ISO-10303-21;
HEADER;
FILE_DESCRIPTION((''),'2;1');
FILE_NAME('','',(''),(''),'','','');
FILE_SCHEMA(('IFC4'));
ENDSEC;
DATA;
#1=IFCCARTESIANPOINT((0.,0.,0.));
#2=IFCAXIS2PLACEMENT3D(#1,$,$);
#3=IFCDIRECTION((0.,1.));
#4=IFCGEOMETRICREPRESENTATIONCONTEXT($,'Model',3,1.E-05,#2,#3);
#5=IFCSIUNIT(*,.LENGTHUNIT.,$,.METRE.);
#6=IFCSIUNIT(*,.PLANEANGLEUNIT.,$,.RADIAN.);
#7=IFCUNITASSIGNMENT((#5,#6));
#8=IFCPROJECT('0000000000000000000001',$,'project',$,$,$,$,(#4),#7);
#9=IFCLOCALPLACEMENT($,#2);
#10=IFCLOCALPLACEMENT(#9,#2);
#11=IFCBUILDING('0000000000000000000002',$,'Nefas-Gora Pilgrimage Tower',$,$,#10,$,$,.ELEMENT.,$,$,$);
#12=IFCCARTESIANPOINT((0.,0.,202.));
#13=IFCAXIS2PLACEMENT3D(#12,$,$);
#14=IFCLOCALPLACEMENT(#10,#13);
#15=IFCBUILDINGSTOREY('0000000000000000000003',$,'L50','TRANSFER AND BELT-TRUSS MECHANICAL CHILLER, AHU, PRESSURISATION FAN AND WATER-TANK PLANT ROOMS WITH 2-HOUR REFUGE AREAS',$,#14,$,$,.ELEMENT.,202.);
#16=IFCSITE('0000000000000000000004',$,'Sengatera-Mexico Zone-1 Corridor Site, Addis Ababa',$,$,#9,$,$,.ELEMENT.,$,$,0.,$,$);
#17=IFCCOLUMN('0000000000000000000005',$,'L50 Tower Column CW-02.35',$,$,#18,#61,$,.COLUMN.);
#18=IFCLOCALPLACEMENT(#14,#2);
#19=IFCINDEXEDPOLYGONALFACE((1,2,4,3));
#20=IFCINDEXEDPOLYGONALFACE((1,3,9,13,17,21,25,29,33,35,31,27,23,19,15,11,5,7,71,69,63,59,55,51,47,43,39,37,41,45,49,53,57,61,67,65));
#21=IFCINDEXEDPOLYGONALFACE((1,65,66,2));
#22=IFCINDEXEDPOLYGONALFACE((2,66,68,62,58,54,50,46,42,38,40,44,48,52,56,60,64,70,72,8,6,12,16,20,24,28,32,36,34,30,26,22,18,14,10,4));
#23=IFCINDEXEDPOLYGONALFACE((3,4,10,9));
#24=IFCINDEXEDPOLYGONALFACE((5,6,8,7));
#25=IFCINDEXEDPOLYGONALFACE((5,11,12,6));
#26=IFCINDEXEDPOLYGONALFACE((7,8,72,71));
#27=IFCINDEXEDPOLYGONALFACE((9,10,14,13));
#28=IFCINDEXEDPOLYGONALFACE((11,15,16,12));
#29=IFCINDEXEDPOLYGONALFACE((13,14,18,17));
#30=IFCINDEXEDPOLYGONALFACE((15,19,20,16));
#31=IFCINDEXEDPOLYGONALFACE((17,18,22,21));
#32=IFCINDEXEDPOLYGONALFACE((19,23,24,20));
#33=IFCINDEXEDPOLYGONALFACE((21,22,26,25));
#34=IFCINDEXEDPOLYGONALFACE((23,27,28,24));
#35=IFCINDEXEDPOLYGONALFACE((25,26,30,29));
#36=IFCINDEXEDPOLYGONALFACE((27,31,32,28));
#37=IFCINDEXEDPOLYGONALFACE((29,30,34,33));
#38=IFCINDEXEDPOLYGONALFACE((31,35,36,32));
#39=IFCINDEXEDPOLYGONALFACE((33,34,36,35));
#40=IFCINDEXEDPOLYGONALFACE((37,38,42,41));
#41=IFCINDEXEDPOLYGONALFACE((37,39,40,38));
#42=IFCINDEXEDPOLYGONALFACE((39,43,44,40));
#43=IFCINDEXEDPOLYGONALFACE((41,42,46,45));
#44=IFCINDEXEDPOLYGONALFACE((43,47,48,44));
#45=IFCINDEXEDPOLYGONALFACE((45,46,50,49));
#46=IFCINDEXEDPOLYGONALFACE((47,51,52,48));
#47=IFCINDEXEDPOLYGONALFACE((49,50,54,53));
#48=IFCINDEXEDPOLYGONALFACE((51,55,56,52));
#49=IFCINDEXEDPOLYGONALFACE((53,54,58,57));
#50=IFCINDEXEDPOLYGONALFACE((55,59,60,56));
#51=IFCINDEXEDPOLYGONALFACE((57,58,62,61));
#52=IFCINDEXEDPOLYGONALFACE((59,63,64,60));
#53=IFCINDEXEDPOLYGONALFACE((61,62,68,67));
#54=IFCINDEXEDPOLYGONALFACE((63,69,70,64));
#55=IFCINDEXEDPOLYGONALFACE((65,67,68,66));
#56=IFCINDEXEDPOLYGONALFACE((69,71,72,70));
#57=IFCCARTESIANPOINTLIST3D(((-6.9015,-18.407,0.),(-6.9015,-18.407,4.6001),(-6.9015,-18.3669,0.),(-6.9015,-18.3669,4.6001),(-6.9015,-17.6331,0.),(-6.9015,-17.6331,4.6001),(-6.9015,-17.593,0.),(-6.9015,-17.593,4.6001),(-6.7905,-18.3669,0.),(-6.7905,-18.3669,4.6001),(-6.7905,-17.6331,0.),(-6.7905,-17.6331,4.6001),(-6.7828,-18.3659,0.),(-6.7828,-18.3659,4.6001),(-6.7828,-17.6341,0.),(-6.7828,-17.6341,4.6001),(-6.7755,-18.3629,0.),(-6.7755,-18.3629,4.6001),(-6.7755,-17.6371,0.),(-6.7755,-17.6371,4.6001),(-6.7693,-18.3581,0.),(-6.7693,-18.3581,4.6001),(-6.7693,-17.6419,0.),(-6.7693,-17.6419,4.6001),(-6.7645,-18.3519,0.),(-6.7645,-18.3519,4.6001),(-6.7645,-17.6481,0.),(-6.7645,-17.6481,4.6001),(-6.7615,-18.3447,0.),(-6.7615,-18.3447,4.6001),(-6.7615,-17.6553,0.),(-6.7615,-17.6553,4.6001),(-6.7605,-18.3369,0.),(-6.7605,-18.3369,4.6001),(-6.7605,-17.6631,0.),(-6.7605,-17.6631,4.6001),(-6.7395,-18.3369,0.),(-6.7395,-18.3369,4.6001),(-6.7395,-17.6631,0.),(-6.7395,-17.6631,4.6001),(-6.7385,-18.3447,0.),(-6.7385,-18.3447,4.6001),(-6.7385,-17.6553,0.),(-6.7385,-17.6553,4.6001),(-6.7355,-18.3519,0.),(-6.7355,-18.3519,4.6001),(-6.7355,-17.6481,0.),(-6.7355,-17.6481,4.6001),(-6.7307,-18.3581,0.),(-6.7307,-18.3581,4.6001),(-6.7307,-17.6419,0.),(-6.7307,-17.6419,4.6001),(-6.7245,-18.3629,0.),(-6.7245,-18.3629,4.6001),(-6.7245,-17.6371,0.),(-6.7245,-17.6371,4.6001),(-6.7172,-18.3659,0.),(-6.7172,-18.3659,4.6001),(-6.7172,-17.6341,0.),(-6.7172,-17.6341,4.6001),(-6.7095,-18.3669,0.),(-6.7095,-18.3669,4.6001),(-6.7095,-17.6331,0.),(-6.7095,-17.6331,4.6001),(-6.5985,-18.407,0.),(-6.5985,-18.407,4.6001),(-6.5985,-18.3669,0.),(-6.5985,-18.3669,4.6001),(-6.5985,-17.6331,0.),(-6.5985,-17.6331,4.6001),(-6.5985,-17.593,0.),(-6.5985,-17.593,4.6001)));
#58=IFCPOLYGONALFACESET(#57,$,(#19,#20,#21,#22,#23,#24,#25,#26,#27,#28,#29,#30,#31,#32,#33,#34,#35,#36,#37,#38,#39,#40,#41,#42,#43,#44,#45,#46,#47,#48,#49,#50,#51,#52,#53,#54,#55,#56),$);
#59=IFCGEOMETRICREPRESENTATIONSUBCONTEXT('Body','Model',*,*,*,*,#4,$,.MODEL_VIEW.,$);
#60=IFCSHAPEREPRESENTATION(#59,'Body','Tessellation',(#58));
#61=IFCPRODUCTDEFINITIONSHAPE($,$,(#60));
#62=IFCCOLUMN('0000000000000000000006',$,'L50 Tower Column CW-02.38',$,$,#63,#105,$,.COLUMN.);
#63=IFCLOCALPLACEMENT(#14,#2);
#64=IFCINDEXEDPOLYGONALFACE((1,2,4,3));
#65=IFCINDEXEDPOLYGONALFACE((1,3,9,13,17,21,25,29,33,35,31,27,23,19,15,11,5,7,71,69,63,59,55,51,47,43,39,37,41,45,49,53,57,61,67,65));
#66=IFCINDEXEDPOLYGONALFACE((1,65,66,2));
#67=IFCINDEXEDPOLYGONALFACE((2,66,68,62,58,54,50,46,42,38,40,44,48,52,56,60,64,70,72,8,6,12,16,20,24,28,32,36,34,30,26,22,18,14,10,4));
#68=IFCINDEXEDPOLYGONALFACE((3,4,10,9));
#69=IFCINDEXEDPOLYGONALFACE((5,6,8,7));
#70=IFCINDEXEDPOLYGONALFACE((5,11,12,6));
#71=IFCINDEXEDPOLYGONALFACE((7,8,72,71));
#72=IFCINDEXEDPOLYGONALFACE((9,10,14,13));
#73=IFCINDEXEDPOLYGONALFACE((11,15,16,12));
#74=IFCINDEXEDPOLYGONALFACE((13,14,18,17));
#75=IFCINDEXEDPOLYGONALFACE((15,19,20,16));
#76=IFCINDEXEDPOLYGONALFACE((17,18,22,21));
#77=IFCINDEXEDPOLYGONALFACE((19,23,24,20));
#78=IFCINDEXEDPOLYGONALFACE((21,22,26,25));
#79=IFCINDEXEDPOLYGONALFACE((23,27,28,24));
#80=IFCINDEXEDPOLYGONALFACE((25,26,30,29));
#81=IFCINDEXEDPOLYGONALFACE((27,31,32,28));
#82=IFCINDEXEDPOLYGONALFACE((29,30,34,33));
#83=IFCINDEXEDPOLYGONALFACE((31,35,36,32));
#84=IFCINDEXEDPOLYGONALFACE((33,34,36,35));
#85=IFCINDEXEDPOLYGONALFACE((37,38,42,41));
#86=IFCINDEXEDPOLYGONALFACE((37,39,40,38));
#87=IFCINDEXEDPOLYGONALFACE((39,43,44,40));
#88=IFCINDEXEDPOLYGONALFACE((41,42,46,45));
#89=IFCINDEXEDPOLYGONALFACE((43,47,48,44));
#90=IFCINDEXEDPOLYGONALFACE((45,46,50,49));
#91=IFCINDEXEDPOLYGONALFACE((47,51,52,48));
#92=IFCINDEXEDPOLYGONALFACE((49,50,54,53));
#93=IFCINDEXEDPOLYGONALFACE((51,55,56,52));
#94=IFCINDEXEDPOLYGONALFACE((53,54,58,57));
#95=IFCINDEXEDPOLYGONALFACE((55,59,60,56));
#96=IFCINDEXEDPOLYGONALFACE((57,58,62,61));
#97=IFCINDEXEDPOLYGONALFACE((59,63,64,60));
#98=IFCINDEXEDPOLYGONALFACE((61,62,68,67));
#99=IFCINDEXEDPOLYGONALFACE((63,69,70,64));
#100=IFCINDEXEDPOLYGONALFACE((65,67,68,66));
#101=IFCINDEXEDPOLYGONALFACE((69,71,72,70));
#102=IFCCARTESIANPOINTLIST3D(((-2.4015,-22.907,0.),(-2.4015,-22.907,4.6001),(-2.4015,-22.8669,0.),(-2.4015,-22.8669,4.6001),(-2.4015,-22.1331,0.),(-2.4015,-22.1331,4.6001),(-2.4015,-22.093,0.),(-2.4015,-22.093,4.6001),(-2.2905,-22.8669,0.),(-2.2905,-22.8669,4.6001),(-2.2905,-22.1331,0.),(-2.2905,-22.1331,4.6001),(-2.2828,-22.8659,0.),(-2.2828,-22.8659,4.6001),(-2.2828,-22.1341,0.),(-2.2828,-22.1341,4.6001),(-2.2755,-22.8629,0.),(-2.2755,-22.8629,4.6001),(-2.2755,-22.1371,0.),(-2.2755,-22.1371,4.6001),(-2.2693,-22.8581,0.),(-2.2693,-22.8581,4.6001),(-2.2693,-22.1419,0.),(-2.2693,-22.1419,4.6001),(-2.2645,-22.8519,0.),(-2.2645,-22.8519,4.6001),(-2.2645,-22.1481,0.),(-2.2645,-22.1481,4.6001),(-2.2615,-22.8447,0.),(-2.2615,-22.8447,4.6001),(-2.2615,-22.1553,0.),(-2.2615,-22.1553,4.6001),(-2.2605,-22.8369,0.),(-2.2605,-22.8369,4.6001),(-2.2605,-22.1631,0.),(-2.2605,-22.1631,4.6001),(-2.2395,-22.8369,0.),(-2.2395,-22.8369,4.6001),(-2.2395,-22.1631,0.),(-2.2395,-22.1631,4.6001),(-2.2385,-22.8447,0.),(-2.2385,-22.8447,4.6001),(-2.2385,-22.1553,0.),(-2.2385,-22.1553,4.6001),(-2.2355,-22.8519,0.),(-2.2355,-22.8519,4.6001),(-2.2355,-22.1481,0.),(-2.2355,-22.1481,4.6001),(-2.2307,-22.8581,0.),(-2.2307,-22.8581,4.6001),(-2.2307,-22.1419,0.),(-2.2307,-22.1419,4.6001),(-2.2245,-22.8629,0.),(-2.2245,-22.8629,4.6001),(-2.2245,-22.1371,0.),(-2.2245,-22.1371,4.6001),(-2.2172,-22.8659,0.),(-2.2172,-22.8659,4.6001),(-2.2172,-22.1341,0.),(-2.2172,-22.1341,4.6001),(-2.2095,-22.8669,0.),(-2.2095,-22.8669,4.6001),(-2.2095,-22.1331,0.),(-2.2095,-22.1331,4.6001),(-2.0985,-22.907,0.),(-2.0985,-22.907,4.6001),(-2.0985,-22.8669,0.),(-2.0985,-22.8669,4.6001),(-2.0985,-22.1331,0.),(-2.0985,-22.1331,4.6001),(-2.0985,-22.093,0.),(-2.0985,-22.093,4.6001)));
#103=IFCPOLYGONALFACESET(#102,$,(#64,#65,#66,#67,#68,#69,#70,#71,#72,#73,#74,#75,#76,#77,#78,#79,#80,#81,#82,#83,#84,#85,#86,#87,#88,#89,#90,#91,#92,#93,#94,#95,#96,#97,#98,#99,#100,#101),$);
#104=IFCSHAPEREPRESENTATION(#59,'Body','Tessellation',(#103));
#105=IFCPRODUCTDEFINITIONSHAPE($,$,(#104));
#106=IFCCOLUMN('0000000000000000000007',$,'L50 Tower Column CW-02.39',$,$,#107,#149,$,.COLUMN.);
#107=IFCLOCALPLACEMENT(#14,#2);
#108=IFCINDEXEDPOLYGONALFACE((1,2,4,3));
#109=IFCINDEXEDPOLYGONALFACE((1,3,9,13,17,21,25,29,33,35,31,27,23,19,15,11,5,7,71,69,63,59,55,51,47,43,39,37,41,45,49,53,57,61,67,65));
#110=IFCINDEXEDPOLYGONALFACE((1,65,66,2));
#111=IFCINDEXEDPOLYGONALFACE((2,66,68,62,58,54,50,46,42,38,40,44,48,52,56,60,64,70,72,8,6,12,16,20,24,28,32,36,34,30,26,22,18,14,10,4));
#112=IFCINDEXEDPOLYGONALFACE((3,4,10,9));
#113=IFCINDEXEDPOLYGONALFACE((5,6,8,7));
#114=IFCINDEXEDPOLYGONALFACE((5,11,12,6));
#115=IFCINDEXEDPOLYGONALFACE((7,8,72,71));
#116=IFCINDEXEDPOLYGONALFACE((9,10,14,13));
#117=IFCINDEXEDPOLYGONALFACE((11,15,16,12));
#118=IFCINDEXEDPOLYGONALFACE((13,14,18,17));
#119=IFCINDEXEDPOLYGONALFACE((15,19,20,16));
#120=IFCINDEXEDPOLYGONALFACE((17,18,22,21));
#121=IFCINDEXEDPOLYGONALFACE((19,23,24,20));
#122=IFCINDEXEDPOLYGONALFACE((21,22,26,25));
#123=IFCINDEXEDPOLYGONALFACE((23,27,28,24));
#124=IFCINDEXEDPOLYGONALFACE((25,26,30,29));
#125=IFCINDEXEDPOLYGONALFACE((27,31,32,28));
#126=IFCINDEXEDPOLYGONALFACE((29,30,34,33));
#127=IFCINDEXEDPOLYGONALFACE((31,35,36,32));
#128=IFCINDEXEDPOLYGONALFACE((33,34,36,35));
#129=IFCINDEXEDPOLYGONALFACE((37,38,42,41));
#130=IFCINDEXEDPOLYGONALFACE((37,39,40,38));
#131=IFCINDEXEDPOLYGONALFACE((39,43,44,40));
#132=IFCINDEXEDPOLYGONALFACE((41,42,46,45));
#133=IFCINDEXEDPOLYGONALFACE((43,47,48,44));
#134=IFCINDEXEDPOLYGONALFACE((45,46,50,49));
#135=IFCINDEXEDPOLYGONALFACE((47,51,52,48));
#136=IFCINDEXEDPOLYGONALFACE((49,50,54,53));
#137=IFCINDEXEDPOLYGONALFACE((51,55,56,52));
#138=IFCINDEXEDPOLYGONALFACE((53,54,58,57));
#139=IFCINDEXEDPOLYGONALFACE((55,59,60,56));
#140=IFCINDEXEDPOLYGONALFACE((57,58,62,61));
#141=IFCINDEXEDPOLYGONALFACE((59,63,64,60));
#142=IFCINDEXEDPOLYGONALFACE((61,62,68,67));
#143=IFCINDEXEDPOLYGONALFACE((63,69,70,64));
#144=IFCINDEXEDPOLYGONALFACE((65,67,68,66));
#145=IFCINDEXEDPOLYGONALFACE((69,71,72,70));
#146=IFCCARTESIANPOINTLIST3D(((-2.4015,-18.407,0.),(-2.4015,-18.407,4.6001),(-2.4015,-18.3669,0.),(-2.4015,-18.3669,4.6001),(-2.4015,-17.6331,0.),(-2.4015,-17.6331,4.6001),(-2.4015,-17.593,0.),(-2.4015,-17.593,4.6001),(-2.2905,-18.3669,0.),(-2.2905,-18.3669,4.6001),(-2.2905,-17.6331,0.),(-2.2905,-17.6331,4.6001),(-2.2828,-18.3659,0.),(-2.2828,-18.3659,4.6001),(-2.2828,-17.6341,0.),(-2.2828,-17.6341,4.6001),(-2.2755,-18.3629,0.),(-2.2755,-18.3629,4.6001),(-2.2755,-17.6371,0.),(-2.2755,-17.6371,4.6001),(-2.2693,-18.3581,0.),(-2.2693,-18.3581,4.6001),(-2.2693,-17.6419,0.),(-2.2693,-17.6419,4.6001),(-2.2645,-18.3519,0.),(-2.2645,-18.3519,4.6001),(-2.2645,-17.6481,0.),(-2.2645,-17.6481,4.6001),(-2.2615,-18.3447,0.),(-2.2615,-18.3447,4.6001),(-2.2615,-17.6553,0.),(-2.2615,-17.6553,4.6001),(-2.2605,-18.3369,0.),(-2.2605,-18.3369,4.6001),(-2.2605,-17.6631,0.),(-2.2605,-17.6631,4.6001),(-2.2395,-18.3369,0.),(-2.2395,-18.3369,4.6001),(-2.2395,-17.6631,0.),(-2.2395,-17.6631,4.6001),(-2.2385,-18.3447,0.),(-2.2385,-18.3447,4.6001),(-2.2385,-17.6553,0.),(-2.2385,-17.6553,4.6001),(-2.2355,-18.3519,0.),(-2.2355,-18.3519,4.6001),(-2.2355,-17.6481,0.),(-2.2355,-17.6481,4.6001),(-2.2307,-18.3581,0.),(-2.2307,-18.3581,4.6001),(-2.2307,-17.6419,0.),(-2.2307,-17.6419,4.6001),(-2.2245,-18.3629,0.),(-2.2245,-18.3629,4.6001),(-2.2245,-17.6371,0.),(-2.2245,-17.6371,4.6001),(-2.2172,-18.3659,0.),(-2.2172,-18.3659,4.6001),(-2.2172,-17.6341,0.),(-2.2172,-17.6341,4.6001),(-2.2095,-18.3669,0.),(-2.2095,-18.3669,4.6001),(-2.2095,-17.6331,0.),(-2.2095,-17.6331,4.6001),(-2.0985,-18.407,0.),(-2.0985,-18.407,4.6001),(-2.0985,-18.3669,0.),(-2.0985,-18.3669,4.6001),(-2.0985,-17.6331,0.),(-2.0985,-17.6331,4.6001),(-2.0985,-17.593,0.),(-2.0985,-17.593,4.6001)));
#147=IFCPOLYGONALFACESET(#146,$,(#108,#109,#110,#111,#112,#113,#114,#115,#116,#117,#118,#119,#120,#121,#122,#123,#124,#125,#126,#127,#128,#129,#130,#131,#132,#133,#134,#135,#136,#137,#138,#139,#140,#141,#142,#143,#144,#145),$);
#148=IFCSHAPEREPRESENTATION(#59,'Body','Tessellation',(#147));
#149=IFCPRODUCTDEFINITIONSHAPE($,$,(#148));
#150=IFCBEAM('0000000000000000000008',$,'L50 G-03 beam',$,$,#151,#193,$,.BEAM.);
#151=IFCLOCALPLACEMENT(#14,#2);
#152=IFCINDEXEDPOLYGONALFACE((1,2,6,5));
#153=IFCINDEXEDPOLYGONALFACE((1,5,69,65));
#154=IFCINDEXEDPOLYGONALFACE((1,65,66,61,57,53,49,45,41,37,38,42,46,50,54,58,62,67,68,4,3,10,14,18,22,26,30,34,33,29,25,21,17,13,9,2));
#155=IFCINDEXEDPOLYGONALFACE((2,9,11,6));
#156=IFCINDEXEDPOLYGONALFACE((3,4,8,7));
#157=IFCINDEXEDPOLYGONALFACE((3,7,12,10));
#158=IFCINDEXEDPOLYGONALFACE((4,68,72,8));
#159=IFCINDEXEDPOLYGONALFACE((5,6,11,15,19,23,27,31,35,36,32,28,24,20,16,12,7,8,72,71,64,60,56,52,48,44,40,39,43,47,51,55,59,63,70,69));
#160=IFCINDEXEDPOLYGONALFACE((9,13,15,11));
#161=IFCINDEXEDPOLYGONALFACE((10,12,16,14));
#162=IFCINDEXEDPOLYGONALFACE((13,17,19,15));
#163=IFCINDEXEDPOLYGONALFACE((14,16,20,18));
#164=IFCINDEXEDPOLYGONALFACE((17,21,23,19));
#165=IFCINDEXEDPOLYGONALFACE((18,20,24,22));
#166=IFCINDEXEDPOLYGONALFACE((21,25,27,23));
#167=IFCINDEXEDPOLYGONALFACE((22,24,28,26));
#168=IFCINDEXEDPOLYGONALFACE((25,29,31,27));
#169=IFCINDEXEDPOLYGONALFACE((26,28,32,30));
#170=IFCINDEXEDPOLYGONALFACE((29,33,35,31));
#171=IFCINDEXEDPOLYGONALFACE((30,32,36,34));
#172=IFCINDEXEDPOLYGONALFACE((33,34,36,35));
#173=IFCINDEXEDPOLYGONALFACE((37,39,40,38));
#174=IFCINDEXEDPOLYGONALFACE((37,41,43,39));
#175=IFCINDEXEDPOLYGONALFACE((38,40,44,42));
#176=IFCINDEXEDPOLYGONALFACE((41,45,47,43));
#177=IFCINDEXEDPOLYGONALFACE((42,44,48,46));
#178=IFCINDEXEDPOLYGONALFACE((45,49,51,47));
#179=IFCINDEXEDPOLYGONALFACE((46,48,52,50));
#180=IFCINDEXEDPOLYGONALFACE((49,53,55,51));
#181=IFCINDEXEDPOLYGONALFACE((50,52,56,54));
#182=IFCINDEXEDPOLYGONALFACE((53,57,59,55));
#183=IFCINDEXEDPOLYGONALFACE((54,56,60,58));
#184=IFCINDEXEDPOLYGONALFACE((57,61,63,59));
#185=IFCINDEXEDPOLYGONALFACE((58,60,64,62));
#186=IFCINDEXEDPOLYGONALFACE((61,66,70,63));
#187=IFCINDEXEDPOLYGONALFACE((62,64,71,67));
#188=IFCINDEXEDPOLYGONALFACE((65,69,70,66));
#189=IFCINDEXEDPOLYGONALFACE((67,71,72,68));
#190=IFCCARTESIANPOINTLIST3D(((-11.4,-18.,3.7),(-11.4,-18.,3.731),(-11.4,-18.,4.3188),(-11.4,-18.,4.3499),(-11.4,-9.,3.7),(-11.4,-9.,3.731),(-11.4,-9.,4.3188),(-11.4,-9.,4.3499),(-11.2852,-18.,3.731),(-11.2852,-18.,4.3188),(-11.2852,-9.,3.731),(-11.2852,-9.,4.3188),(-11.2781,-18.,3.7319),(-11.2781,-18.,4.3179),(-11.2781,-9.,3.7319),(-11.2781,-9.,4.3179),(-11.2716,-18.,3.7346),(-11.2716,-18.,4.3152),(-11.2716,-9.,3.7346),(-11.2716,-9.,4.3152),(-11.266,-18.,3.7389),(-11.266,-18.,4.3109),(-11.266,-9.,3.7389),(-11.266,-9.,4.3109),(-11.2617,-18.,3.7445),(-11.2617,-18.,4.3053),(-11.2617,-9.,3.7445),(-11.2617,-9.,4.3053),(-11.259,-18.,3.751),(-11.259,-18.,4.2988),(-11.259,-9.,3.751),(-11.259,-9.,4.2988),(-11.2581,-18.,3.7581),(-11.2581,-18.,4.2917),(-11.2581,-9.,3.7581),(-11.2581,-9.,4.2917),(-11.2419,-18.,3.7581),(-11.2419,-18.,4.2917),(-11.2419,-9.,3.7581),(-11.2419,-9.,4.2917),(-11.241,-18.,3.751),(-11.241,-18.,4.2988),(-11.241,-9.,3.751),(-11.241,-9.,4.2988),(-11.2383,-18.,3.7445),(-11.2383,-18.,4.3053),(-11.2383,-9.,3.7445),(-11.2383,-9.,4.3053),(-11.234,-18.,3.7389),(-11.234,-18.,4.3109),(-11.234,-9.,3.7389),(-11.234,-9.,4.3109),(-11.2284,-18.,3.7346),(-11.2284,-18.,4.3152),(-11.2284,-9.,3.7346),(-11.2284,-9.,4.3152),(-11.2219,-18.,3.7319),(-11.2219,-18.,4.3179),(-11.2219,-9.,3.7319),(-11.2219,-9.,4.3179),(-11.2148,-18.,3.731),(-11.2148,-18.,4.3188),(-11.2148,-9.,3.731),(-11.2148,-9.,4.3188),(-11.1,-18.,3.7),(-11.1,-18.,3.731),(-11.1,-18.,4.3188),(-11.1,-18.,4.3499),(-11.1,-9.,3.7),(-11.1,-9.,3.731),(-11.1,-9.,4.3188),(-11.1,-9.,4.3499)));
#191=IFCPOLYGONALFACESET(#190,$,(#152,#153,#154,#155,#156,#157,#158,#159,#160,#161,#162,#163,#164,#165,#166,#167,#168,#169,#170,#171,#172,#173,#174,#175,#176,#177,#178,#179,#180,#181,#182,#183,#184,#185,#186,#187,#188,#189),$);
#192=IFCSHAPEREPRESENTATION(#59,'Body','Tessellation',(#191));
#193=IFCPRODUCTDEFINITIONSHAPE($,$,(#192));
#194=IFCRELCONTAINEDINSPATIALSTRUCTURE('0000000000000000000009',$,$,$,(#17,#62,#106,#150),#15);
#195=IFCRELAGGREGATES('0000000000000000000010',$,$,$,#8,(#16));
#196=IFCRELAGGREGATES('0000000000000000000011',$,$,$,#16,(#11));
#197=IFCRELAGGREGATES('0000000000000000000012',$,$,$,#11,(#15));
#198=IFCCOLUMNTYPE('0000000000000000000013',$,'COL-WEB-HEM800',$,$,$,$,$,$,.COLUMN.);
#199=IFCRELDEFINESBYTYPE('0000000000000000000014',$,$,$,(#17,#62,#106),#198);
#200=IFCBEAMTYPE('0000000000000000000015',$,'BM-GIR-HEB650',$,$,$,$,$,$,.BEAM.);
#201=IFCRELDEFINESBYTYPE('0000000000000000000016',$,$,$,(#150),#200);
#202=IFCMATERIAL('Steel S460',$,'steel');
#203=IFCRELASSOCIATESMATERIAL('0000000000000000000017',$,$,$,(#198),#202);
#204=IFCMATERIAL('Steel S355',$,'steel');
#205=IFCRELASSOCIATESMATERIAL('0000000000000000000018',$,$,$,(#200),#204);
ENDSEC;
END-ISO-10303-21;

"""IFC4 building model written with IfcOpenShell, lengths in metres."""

from ifc_helpers import new_model, si_unit, direction, frame, origin, origin_2d, place, context, subcontext, project, spatial, i_section, extrude, source, transform, mapped, material, material_profile, profile_set, type_object, element, save


model = new_model("IFC4")

# Units and contexts
model_context = context("Model", 3, precision=1e-05, world=origin(), true_north=direction((0.0, 1.0)))
body_context = subcontext(model_context, "Body", "Model", "MODEL_VIEW")
ifc_project = project(units=[si_unit("LENGTHUNIT", "METRE"), si_unit("PLANEANGLEUNIT", "RADIAN")], contexts=[model_context])

# Site, building, storey
site_placement = place(None, origin())
site = spatial("IfcSite", under=ifc_project, at=site_placement, Name="Sengatera-Mexico Zone-1 Corridor Site, Addis Ababa", CompositionType="ELEMENT", RefElevation=0.0)
building_placement = place(site_placement, origin())
building = spatial("IfcBuilding", under=site, at=building_placement, Name="Nefas-Gora Pilgrimage Tower", CompositionType="ELEMENT")
storey_placement = place(building_placement, frame((0.0, 0.0, 202.0)))
storey = spatial("IfcBuildingStorey", under=building, at=storey_placement, Name="L50", Description="TRANSFER AND BELT-TRUSS MECHANICAL CHILLER, AHU, PRESSURISATION FAN AND WATER-TANK PLANT ROOMS WITH 2-HOUR REFUGE AREAS", CompositionType="ELEMENT", Elevation=202.0)

# Columns
ifc_material_1 = material(Name="Steel S460", Category="steel")
ifc_material_profile_1 = material_profile(ifc_material_1, i_section(OverallWidth=0.303, OverallDepth=0.814, WebThickness=0.021, FlangeThickness=0.04, FilletRadius=0.03, at=origin_2d()), Name="HEM 800")
ifc_profile_set_1 = profile_set([ifc_material_profile_1], Name="Steel S460")
column_type_1 = type_object("IfcColumnType", Name="COL-WEB-HEM800", PredefinedType="COLUMN", material=ifc_profile_set_1)
shared_shape_1 = source(origin(), body_context, "Body", "SweptSolid", [
    extrude(i_section(OverallWidth=0.303, OverallDepth=0.814, WebThickness=0.021, FlangeThickness=0.04, FilletRadius=0.03, at=origin_2d()), origin(), (0.0, 0.0, 1.0), 4.6001),
])
for number, where, z_axis, x_axis, name in (
    (1, (-6.75, -18.0, 0.0), (0.0, 0.0, 1.0), (1.0, 0.0, 0.0), "L50 Tower Column CW-02.35"),
    (2, (-2.25, -22.5, 0.0), (0.0, 0.0, 1.0), (1.0, 0.0, 0.0), "L50 Tower Column CW-02.38"),
    (3, (-2.25, -18.0, 0.0), (0.0, 0.0, 1.0), (1.0, 0.0, 0.0), "L50 Tower Column CW-02.39"),
):
    element("IfcColumn", number, at=place(storey_placement, frame(where, z_axis=z_axis, x_axis=x_axis)), inside=storey, type_object=column_type_1, Name=name, PredefinedType="COLUMN", context=body_context, shape_type="MappedRepresentation", body=[
        mapped(shared_shape_1, transform((0.0, 0.0, 0.0), x_axis=(1.0, 0.0, 0.0), y_axis=(0.0, 1.0, 0.0), z_axis=(0.0, 0.0, 1.0), scale=1.0)),
    ])

# Beam
ifc_material_2 = material(Name="Steel S355", Category="steel")
ifc_material_profile_2 = material_profile(ifc_material_2, i_section(OverallWidth=0.3, OverallDepth=0.6499, WebThickness=0.0161, FlangeThickness=0.031, FilletRadius=0.0271, at=origin_2d()), Name="HEB 650")
ifc_profile_set_2 = profile_set([ifc_material_profile_2], Name="Steel S355")
beam_type = type_object("IfcBeamType", Name="BM-GIR-HEB650", PredefinedType="BEAM", material=ifc_profile_set_2)
shared_shape_2 = source(origin(), body_context, "Body", "SweptSolid", [
    extrude(i_section(OverallWidth=0.3, OverallDepth=0.6499, WebThickness=0.0161, FlangeThickness=0.031, FilletRadius=0.0271, at=origin_2d()), origin(), (0.0, 0.0, 1.0), 9.0),
])
beam_placement = place(storey_placement, frame((-11.25, -18.0, 4.0249), z_axis=(0.0, 1.0, 0.0), x_axis=(-1.0, 0.0, 0.0)))
element("IfcBeam", 4, at=beam_placement, inside=storey, type_object=beam_type, Name="L50 G-03 beam", PredefinedType="BEAM", context=body_context, shape_type="MappedRepresentation", body=[
    mapped(shared_shape_2, transform((0.0, 0.0, 0.0), x_axis=(1.0, 0.0, 0.0), y_axis=(0.0, 1.0, 0.0), z_axis=(0.0, 0.0, 1.0), scale=1.0)),
])

save(model, "model.ifc")
